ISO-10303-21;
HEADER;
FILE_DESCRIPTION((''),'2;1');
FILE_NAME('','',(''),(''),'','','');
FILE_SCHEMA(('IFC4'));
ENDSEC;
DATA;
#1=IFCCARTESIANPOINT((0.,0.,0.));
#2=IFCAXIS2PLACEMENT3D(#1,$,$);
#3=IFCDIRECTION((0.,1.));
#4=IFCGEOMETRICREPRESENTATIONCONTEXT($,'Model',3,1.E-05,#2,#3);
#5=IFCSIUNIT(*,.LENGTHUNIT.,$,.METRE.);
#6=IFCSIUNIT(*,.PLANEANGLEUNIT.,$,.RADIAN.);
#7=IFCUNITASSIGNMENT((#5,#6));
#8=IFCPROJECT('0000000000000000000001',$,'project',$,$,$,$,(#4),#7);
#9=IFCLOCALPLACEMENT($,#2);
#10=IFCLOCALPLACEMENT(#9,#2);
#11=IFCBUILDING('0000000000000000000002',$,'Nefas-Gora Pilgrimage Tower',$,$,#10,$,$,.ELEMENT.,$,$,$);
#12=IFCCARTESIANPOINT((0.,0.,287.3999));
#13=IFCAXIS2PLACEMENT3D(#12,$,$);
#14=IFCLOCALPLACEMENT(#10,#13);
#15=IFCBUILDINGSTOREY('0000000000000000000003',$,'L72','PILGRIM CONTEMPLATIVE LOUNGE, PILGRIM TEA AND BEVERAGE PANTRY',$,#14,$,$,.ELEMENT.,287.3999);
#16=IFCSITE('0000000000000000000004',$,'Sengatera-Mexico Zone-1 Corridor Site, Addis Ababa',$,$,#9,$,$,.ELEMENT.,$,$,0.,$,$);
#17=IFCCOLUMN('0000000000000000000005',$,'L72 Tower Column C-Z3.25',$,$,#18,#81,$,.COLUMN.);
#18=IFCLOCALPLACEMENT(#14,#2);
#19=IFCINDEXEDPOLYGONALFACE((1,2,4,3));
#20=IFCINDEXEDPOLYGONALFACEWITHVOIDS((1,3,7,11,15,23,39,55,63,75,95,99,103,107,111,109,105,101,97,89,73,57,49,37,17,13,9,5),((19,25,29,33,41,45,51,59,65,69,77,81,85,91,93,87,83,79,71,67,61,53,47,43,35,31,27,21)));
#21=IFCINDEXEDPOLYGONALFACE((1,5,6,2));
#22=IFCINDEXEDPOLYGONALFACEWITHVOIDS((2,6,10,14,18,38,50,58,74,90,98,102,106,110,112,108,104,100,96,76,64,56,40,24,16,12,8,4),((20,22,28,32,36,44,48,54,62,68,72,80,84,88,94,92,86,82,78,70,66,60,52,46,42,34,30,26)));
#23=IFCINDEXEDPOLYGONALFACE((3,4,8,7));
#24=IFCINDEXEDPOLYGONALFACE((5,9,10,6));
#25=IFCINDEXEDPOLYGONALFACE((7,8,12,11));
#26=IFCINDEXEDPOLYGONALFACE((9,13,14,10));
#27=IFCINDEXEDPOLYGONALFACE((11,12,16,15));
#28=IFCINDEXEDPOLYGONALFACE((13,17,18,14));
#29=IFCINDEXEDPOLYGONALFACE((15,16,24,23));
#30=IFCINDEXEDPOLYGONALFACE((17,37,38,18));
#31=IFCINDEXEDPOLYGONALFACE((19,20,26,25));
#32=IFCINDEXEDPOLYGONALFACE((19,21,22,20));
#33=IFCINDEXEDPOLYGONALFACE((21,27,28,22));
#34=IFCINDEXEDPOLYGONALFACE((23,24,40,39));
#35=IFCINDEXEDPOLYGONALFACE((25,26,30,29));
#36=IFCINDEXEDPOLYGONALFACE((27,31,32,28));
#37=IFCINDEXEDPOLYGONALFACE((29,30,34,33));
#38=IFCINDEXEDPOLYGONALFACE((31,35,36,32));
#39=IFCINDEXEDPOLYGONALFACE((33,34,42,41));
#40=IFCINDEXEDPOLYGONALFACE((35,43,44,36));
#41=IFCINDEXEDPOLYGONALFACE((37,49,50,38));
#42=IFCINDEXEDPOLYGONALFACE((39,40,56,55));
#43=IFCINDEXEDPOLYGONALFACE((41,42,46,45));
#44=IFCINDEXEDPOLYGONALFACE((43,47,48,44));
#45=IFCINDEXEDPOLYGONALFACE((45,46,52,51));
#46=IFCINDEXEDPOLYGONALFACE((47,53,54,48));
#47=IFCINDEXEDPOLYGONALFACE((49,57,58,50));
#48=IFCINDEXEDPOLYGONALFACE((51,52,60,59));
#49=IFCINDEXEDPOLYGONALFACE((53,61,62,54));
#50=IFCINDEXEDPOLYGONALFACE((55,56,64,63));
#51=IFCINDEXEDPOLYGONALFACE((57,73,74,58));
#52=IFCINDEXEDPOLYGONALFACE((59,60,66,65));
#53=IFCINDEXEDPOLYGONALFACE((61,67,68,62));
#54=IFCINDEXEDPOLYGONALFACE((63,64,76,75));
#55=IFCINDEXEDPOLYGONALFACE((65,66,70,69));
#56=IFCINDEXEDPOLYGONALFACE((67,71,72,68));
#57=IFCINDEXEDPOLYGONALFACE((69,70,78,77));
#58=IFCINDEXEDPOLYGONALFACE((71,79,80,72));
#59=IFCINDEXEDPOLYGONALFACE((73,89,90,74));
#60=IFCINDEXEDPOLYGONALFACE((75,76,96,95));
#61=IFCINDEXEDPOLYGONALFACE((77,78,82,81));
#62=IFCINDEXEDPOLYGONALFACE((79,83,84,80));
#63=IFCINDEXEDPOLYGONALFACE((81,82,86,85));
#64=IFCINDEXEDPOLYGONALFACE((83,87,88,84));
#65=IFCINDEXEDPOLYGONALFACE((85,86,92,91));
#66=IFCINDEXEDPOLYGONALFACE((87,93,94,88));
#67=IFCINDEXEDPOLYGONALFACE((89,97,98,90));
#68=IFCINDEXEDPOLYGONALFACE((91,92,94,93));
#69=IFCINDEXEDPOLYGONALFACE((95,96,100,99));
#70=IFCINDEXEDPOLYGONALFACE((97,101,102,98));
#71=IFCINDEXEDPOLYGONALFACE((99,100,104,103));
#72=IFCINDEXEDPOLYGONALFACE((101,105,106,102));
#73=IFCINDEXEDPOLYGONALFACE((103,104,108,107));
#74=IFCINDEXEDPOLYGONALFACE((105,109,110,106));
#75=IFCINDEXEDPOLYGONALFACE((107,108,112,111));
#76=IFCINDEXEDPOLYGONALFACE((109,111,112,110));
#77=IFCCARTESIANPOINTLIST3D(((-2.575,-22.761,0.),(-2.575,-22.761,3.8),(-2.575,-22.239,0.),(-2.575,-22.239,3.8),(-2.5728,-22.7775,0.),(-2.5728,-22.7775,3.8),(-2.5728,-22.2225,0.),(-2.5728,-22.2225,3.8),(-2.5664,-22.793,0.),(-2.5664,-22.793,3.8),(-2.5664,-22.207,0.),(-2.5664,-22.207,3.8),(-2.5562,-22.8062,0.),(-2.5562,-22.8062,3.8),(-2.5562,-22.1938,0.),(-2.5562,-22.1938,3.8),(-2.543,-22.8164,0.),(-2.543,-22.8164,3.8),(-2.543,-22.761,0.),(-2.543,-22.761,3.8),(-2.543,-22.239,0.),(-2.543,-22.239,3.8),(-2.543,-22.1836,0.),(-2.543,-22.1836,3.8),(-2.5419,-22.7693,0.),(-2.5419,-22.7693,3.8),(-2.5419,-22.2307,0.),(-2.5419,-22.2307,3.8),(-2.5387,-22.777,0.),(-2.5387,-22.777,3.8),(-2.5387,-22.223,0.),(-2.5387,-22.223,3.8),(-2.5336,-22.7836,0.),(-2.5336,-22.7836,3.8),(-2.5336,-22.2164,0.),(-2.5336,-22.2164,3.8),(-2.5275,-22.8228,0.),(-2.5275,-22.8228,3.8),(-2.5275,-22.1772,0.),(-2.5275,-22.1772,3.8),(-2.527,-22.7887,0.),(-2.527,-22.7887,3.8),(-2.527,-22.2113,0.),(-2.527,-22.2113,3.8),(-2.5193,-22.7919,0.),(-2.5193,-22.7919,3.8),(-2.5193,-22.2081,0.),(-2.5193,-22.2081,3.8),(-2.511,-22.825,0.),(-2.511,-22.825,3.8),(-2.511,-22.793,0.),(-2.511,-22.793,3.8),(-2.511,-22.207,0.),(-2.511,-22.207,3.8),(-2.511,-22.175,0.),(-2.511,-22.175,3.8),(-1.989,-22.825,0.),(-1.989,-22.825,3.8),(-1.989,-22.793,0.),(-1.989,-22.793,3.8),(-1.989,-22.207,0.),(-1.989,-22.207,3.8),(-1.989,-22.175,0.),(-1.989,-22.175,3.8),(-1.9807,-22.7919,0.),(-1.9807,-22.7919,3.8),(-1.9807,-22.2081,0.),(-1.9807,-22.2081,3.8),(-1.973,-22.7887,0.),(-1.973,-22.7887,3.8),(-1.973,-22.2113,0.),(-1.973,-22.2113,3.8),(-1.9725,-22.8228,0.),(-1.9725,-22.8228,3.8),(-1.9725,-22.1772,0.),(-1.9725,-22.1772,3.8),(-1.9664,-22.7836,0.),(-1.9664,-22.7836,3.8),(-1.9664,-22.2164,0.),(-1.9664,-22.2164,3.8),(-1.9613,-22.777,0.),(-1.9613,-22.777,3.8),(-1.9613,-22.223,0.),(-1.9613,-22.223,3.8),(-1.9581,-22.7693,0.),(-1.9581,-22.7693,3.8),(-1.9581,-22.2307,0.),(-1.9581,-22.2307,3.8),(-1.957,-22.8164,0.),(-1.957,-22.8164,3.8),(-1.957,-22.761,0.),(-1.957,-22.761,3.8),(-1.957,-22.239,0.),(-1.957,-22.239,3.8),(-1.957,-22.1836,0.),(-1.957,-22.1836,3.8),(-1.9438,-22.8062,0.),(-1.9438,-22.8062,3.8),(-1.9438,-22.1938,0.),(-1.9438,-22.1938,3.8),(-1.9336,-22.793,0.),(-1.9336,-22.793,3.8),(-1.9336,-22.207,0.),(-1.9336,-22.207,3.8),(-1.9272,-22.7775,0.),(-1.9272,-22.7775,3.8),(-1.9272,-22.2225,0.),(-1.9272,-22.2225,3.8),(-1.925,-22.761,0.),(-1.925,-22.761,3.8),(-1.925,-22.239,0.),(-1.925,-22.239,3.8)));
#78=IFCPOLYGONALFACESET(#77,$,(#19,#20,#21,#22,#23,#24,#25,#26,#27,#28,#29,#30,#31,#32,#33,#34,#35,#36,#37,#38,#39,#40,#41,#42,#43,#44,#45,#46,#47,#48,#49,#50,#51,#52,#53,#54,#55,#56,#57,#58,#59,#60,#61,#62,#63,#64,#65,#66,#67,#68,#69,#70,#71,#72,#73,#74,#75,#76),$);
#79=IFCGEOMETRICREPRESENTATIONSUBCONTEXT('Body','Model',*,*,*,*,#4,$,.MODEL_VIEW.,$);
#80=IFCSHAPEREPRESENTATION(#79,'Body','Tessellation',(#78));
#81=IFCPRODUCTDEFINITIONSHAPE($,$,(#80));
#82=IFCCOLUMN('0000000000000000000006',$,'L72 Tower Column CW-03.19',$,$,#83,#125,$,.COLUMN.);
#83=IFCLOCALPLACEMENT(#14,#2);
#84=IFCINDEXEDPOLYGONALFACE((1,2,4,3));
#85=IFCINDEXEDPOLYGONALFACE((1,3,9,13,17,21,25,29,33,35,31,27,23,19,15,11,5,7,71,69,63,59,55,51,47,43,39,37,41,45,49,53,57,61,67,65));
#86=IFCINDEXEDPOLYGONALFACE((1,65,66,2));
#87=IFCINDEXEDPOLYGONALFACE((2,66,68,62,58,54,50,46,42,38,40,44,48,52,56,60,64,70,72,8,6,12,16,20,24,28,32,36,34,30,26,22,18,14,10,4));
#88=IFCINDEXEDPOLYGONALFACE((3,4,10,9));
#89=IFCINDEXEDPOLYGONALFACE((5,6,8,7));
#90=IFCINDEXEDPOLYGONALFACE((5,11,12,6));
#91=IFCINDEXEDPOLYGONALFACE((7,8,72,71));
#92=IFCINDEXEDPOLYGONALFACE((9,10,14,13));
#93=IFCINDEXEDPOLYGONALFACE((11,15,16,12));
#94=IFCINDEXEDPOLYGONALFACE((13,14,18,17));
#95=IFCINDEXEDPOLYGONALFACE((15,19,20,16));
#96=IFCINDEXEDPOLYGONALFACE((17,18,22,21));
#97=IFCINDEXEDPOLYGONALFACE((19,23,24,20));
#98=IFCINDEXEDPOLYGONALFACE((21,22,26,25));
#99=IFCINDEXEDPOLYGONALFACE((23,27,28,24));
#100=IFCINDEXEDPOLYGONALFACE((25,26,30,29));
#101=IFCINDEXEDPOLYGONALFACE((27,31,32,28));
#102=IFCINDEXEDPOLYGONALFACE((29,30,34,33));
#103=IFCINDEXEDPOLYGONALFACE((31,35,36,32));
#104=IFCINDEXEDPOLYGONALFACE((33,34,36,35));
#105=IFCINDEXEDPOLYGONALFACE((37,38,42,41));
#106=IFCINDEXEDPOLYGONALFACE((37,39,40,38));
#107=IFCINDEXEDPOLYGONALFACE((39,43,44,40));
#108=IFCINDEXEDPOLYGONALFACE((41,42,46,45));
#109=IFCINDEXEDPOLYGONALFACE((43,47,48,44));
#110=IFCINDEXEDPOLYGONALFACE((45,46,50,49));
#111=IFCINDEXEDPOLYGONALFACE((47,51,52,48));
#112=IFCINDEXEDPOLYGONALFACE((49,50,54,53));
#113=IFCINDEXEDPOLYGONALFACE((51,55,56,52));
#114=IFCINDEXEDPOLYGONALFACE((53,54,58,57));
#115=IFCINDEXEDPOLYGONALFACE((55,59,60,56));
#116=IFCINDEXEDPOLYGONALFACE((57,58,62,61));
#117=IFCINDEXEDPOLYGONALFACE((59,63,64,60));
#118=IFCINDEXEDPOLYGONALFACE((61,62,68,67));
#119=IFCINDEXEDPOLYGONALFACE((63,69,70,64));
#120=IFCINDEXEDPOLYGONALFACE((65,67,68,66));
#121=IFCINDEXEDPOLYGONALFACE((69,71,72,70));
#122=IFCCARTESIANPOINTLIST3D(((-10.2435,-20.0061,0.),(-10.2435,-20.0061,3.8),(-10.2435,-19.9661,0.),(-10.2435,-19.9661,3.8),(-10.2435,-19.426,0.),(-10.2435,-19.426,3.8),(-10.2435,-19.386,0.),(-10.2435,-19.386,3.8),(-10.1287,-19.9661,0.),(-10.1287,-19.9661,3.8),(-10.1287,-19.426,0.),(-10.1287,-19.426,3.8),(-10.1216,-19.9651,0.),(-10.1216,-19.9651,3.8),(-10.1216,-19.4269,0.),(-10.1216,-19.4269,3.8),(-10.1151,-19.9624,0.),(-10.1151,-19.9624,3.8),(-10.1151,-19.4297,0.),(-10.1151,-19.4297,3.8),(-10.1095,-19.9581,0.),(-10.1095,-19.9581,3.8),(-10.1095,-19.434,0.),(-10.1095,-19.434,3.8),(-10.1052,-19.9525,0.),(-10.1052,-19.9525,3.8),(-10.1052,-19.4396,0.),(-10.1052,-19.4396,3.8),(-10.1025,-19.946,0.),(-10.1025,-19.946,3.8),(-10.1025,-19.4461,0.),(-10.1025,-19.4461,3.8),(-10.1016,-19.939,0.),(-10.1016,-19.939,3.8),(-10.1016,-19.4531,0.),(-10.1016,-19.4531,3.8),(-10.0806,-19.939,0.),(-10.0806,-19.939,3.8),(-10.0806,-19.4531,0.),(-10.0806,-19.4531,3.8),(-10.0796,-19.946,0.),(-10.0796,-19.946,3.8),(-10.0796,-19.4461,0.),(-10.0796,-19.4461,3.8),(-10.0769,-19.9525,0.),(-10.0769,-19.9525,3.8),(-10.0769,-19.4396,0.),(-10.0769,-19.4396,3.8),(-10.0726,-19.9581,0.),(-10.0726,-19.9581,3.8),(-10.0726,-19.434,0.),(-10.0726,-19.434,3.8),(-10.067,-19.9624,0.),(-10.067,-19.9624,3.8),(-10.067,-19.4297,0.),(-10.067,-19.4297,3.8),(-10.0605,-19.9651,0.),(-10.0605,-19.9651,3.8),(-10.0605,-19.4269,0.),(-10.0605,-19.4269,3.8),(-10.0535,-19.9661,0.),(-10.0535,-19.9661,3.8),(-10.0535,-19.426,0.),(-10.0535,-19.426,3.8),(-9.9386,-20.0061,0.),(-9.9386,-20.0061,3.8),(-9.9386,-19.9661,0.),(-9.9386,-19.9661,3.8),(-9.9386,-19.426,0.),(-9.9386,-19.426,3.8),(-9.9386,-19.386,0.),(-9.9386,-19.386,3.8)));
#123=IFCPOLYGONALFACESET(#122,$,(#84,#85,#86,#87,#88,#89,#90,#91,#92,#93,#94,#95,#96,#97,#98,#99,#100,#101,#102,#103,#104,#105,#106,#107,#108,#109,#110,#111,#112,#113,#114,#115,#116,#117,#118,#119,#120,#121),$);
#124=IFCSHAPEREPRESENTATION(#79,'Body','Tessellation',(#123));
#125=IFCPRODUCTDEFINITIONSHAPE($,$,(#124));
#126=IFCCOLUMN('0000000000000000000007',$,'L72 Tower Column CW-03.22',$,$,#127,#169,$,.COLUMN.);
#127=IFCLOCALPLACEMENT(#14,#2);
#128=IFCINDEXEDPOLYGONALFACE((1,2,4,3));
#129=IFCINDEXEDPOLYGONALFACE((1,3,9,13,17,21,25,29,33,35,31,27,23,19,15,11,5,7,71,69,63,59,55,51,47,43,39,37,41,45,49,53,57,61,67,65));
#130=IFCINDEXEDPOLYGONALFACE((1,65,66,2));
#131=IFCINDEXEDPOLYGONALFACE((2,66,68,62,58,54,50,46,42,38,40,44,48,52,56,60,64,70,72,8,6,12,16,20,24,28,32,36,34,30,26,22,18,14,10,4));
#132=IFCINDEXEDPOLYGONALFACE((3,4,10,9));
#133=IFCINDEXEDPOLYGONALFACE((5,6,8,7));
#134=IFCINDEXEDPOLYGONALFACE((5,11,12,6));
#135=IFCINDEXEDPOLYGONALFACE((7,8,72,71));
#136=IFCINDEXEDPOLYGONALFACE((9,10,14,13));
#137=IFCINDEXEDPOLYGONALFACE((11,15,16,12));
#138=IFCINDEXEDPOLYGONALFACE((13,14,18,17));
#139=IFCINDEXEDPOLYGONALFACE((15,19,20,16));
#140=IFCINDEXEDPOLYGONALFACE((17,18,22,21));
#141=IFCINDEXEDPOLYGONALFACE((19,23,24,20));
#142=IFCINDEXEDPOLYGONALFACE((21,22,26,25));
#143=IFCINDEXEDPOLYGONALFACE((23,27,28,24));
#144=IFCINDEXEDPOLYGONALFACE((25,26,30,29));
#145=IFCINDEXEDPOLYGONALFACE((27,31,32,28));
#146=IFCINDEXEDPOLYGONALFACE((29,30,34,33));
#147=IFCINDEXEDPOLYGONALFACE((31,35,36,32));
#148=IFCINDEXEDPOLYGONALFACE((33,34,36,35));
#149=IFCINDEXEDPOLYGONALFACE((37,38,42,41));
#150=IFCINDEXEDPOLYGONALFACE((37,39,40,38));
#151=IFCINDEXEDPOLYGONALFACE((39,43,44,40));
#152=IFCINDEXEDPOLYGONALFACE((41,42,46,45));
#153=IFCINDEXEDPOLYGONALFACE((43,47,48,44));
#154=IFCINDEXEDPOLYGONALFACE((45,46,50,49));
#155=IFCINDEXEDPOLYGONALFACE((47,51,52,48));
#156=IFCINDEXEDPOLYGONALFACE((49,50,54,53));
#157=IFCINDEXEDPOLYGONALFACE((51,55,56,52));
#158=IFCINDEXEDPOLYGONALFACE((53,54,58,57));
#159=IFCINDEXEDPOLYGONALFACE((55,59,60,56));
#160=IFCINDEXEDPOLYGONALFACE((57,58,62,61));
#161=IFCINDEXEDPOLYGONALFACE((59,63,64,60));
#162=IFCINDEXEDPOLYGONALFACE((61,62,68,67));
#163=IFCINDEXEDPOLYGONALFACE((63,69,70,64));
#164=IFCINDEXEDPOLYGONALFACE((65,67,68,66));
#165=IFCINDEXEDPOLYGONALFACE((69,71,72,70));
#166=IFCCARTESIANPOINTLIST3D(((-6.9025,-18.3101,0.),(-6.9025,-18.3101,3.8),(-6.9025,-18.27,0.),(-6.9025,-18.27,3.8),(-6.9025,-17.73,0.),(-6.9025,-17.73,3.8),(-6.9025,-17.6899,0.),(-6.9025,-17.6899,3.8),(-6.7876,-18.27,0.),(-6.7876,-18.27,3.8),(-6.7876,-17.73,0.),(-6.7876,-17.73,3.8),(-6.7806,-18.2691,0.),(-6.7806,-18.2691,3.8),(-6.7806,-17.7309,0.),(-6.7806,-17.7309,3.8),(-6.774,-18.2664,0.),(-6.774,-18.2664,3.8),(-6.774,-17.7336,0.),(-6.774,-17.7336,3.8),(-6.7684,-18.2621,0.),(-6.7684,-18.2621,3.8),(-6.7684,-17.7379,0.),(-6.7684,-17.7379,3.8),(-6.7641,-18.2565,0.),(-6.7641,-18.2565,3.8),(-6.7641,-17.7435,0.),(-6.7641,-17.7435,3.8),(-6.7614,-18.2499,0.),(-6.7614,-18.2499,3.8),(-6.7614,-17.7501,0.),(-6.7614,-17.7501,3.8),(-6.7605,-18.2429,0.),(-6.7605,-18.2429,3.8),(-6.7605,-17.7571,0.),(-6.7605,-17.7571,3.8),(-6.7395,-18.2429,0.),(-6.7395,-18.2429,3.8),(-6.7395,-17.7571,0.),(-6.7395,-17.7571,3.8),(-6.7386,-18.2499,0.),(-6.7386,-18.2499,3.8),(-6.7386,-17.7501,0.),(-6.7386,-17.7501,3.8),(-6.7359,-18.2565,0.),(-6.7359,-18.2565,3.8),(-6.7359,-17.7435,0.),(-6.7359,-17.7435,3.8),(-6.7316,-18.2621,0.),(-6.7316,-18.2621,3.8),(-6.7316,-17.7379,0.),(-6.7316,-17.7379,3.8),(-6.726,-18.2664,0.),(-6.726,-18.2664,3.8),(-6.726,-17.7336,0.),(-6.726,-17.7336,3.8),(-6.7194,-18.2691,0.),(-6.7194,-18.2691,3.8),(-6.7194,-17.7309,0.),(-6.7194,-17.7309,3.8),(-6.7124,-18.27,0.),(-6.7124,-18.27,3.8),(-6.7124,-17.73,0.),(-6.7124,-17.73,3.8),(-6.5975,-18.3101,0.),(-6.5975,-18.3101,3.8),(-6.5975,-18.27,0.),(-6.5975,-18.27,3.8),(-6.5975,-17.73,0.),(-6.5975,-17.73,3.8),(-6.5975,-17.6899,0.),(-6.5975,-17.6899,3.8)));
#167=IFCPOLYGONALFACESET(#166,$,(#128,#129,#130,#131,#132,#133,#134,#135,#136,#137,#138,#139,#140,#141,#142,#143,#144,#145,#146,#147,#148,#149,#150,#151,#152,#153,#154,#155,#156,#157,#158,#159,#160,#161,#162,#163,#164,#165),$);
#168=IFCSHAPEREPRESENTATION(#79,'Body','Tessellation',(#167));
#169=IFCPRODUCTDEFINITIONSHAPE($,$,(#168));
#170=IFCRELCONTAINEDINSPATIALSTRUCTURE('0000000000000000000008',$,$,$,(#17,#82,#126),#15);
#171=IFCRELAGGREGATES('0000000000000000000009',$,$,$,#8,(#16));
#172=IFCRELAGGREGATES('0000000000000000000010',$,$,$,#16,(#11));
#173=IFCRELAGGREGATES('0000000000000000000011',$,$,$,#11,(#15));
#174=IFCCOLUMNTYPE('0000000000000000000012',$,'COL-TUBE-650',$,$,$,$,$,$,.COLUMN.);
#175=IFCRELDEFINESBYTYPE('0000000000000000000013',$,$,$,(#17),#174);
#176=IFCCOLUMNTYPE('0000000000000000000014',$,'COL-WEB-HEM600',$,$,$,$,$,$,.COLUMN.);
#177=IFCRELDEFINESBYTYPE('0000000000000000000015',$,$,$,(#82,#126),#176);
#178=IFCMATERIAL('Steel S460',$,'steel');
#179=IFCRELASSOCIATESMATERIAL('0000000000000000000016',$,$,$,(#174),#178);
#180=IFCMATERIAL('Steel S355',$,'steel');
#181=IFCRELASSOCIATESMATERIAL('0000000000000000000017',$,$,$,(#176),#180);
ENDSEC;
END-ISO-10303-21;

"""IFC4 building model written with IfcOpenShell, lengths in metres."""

from ifc_helpers import new_model, si_unit, direction, frame, origin, origin_2d, place, context, subcontext, project, spatial, hollow_rectangle, i_section, extrude, source, transform, mapped, material, material_profile, profile_set, type_object, element, save


model = new_model("IFC4")

# Units and contexts
model_context = context("Model", 3, precision=1e-05, world=origin(), true_north=direction((0.0, 1.0)))
body_context = subcontext(model_context, "Body", "Model", "MODEL_VIEW")
ifc_project = project(units=[si_unit("LENGTHUNIT", "METRE"), si_unit("PLANEANGLEUNIT", "RADIAN")], contexts=[model_context])

# Site, building, storey
site_placement = place(None, origin())
site = spatial("IfcSite", under=ifc_project, at=site_placement, Name="Sengatera-Mexico Zone-1 Corridor Site, Addis Ababa", CompositionType="ELEMENT", RefElevation=0.0)
building_placement = place(site_placement, origin())
building = spatial("IfcBuilding", under=site, at=building_placement, Name="Nefas-Gora Pilgrimage Tower", CompositionType="ELEMENT")
storey_placement = place(building_placement, frame((0.0, 0.0, 287.3999)))
storey = spatial("IfcBuildingStorey", under=building, at=storey_placement, Name="L72", Description="PILGRIM CONTEMPLATIVE LOUNGE, PILGRIM TEA AND BEVERAGE PANTRY", CompositionType="ELEMENT", Elevation=287.3999)

# Columns
ifc_material_1 = material(Name="Steel S460", Category="steel")
ifc_material_profile_1 = material_profile(ifc_material_1, hollow_rectangle(XDim=0.6499, YDim=0.6499, WallThickness=0.032, InnerFilletRadius=0.032, OuterFilletRadius=0.064, at=origin_2d()), Name="BOX 650x650x32")
ifc_profile_set_1 = profile_set([ifc_material_profile_1], Name="Steel S460")
column_type_1 = type_object("IfcColumnType", Name="COL-TUBE-650", PredefinedType="COLUMN", material=ifc_profile_set_1)
shared_shape_1 = source(origin(), body_context, "Body", "SweptSolid", [
    extrude(hollow_rectangle(XDim=0.6499, YDim=0.6499, WallThickness=0.032, InnerFilletRadius=0.032, OuterFilletRadius=0.064, at=origin_2d()), origin(), (0.0, 0.0, 1.0), 3.8),
])
for number, where, z_axis, x_axis, name in (
    (1, (-2.25, -22.5, 0.0), (0.0, 0.0, 1.0), (1.0, 0.0, 0.0), "L72 Tower Column C-Z3.25"),
):
    element("IfcColumn", number, at=place(storey_placement, frame(where, z_axis=z_axis, x_axis=x_axis)), inside=storey, type_object=column_type_1, Name=name, PredefinedType="COLUMN", context=body_context, shape_type="MappedRepresentation", body=[
        mapped(shared_shape_1, transform((0.0, 0.0, 0.0), x_axis=(1.0, 0.0, 0.0), y_axis=(0.0, 1.0, 0.0), z_axis=(0.0, 0.0, 1.0), scale=1.0)),
    ])
ifc_material_2 = material(Name="Steel S355", Category="steel")
ifc_material_profile_2 = material_profile(ifc_material_2, i_section(OverallWidth=0.3049, OverallDepth=0.6201, WebThickness=0.021, FlangeThickness=0.04, FilletRadius=0.0271, at=origin_2d()), Name="HEM 600")
ifc_profile_set_2 = profile_set([ifc_material_profile_2], Name="Steel S355")
column_type_2 = type_object("IfcColumnType", Name="COL-WEB-HEM600", PredefinedType="COLUMN", material=ifc_profile_set_2)
shared_shape_2 = source(origin(), body_context, "Body", "SweptSolid", [
    extrude(i_section(OverallWidth=0.3049, OverallDepth=0.6201, WebThickness=0.021, FlangeThickness=0.04, FilletRadius=0.0271, at=origin_2d()), origin(), (0.0, 0.0, 1.0), 3.8),
])
for number, where, z_axis, x_axis, name in (
    (2, (-10.0911, -19.696, 0.0), (0.0, 0.0, 1.0), (1.0, 0.0, 0.0), "L72 Tower Column CW-03.19"),
    (3, (-6.75, -18.0, 0.0), (0.0, 0.0, 1.0), (1.0, 0.0, 0.0), "L72 Tower Column CW-03.22"),
):
    element("IfcColumn", number, at=place(storey_placement, frame(where, z_axis=z_axis, x_axis=x_axis)), inside=storey, type_object=column_type_2, Name=name, PredefinedType="COLUMN", context=body_context, shape_type="MappedRepresentation", body=[
        mapped(shared_shape_2, transform((0.0, 0.0, 0.0), x_axis=(1.0, 0.0, 0.0), y_axis=(0.0, 1.0, 0.0), z_axis=(0.0, 0.0, 1.0), scale=1.0)),
    ])

save(model, "model.ifc")
